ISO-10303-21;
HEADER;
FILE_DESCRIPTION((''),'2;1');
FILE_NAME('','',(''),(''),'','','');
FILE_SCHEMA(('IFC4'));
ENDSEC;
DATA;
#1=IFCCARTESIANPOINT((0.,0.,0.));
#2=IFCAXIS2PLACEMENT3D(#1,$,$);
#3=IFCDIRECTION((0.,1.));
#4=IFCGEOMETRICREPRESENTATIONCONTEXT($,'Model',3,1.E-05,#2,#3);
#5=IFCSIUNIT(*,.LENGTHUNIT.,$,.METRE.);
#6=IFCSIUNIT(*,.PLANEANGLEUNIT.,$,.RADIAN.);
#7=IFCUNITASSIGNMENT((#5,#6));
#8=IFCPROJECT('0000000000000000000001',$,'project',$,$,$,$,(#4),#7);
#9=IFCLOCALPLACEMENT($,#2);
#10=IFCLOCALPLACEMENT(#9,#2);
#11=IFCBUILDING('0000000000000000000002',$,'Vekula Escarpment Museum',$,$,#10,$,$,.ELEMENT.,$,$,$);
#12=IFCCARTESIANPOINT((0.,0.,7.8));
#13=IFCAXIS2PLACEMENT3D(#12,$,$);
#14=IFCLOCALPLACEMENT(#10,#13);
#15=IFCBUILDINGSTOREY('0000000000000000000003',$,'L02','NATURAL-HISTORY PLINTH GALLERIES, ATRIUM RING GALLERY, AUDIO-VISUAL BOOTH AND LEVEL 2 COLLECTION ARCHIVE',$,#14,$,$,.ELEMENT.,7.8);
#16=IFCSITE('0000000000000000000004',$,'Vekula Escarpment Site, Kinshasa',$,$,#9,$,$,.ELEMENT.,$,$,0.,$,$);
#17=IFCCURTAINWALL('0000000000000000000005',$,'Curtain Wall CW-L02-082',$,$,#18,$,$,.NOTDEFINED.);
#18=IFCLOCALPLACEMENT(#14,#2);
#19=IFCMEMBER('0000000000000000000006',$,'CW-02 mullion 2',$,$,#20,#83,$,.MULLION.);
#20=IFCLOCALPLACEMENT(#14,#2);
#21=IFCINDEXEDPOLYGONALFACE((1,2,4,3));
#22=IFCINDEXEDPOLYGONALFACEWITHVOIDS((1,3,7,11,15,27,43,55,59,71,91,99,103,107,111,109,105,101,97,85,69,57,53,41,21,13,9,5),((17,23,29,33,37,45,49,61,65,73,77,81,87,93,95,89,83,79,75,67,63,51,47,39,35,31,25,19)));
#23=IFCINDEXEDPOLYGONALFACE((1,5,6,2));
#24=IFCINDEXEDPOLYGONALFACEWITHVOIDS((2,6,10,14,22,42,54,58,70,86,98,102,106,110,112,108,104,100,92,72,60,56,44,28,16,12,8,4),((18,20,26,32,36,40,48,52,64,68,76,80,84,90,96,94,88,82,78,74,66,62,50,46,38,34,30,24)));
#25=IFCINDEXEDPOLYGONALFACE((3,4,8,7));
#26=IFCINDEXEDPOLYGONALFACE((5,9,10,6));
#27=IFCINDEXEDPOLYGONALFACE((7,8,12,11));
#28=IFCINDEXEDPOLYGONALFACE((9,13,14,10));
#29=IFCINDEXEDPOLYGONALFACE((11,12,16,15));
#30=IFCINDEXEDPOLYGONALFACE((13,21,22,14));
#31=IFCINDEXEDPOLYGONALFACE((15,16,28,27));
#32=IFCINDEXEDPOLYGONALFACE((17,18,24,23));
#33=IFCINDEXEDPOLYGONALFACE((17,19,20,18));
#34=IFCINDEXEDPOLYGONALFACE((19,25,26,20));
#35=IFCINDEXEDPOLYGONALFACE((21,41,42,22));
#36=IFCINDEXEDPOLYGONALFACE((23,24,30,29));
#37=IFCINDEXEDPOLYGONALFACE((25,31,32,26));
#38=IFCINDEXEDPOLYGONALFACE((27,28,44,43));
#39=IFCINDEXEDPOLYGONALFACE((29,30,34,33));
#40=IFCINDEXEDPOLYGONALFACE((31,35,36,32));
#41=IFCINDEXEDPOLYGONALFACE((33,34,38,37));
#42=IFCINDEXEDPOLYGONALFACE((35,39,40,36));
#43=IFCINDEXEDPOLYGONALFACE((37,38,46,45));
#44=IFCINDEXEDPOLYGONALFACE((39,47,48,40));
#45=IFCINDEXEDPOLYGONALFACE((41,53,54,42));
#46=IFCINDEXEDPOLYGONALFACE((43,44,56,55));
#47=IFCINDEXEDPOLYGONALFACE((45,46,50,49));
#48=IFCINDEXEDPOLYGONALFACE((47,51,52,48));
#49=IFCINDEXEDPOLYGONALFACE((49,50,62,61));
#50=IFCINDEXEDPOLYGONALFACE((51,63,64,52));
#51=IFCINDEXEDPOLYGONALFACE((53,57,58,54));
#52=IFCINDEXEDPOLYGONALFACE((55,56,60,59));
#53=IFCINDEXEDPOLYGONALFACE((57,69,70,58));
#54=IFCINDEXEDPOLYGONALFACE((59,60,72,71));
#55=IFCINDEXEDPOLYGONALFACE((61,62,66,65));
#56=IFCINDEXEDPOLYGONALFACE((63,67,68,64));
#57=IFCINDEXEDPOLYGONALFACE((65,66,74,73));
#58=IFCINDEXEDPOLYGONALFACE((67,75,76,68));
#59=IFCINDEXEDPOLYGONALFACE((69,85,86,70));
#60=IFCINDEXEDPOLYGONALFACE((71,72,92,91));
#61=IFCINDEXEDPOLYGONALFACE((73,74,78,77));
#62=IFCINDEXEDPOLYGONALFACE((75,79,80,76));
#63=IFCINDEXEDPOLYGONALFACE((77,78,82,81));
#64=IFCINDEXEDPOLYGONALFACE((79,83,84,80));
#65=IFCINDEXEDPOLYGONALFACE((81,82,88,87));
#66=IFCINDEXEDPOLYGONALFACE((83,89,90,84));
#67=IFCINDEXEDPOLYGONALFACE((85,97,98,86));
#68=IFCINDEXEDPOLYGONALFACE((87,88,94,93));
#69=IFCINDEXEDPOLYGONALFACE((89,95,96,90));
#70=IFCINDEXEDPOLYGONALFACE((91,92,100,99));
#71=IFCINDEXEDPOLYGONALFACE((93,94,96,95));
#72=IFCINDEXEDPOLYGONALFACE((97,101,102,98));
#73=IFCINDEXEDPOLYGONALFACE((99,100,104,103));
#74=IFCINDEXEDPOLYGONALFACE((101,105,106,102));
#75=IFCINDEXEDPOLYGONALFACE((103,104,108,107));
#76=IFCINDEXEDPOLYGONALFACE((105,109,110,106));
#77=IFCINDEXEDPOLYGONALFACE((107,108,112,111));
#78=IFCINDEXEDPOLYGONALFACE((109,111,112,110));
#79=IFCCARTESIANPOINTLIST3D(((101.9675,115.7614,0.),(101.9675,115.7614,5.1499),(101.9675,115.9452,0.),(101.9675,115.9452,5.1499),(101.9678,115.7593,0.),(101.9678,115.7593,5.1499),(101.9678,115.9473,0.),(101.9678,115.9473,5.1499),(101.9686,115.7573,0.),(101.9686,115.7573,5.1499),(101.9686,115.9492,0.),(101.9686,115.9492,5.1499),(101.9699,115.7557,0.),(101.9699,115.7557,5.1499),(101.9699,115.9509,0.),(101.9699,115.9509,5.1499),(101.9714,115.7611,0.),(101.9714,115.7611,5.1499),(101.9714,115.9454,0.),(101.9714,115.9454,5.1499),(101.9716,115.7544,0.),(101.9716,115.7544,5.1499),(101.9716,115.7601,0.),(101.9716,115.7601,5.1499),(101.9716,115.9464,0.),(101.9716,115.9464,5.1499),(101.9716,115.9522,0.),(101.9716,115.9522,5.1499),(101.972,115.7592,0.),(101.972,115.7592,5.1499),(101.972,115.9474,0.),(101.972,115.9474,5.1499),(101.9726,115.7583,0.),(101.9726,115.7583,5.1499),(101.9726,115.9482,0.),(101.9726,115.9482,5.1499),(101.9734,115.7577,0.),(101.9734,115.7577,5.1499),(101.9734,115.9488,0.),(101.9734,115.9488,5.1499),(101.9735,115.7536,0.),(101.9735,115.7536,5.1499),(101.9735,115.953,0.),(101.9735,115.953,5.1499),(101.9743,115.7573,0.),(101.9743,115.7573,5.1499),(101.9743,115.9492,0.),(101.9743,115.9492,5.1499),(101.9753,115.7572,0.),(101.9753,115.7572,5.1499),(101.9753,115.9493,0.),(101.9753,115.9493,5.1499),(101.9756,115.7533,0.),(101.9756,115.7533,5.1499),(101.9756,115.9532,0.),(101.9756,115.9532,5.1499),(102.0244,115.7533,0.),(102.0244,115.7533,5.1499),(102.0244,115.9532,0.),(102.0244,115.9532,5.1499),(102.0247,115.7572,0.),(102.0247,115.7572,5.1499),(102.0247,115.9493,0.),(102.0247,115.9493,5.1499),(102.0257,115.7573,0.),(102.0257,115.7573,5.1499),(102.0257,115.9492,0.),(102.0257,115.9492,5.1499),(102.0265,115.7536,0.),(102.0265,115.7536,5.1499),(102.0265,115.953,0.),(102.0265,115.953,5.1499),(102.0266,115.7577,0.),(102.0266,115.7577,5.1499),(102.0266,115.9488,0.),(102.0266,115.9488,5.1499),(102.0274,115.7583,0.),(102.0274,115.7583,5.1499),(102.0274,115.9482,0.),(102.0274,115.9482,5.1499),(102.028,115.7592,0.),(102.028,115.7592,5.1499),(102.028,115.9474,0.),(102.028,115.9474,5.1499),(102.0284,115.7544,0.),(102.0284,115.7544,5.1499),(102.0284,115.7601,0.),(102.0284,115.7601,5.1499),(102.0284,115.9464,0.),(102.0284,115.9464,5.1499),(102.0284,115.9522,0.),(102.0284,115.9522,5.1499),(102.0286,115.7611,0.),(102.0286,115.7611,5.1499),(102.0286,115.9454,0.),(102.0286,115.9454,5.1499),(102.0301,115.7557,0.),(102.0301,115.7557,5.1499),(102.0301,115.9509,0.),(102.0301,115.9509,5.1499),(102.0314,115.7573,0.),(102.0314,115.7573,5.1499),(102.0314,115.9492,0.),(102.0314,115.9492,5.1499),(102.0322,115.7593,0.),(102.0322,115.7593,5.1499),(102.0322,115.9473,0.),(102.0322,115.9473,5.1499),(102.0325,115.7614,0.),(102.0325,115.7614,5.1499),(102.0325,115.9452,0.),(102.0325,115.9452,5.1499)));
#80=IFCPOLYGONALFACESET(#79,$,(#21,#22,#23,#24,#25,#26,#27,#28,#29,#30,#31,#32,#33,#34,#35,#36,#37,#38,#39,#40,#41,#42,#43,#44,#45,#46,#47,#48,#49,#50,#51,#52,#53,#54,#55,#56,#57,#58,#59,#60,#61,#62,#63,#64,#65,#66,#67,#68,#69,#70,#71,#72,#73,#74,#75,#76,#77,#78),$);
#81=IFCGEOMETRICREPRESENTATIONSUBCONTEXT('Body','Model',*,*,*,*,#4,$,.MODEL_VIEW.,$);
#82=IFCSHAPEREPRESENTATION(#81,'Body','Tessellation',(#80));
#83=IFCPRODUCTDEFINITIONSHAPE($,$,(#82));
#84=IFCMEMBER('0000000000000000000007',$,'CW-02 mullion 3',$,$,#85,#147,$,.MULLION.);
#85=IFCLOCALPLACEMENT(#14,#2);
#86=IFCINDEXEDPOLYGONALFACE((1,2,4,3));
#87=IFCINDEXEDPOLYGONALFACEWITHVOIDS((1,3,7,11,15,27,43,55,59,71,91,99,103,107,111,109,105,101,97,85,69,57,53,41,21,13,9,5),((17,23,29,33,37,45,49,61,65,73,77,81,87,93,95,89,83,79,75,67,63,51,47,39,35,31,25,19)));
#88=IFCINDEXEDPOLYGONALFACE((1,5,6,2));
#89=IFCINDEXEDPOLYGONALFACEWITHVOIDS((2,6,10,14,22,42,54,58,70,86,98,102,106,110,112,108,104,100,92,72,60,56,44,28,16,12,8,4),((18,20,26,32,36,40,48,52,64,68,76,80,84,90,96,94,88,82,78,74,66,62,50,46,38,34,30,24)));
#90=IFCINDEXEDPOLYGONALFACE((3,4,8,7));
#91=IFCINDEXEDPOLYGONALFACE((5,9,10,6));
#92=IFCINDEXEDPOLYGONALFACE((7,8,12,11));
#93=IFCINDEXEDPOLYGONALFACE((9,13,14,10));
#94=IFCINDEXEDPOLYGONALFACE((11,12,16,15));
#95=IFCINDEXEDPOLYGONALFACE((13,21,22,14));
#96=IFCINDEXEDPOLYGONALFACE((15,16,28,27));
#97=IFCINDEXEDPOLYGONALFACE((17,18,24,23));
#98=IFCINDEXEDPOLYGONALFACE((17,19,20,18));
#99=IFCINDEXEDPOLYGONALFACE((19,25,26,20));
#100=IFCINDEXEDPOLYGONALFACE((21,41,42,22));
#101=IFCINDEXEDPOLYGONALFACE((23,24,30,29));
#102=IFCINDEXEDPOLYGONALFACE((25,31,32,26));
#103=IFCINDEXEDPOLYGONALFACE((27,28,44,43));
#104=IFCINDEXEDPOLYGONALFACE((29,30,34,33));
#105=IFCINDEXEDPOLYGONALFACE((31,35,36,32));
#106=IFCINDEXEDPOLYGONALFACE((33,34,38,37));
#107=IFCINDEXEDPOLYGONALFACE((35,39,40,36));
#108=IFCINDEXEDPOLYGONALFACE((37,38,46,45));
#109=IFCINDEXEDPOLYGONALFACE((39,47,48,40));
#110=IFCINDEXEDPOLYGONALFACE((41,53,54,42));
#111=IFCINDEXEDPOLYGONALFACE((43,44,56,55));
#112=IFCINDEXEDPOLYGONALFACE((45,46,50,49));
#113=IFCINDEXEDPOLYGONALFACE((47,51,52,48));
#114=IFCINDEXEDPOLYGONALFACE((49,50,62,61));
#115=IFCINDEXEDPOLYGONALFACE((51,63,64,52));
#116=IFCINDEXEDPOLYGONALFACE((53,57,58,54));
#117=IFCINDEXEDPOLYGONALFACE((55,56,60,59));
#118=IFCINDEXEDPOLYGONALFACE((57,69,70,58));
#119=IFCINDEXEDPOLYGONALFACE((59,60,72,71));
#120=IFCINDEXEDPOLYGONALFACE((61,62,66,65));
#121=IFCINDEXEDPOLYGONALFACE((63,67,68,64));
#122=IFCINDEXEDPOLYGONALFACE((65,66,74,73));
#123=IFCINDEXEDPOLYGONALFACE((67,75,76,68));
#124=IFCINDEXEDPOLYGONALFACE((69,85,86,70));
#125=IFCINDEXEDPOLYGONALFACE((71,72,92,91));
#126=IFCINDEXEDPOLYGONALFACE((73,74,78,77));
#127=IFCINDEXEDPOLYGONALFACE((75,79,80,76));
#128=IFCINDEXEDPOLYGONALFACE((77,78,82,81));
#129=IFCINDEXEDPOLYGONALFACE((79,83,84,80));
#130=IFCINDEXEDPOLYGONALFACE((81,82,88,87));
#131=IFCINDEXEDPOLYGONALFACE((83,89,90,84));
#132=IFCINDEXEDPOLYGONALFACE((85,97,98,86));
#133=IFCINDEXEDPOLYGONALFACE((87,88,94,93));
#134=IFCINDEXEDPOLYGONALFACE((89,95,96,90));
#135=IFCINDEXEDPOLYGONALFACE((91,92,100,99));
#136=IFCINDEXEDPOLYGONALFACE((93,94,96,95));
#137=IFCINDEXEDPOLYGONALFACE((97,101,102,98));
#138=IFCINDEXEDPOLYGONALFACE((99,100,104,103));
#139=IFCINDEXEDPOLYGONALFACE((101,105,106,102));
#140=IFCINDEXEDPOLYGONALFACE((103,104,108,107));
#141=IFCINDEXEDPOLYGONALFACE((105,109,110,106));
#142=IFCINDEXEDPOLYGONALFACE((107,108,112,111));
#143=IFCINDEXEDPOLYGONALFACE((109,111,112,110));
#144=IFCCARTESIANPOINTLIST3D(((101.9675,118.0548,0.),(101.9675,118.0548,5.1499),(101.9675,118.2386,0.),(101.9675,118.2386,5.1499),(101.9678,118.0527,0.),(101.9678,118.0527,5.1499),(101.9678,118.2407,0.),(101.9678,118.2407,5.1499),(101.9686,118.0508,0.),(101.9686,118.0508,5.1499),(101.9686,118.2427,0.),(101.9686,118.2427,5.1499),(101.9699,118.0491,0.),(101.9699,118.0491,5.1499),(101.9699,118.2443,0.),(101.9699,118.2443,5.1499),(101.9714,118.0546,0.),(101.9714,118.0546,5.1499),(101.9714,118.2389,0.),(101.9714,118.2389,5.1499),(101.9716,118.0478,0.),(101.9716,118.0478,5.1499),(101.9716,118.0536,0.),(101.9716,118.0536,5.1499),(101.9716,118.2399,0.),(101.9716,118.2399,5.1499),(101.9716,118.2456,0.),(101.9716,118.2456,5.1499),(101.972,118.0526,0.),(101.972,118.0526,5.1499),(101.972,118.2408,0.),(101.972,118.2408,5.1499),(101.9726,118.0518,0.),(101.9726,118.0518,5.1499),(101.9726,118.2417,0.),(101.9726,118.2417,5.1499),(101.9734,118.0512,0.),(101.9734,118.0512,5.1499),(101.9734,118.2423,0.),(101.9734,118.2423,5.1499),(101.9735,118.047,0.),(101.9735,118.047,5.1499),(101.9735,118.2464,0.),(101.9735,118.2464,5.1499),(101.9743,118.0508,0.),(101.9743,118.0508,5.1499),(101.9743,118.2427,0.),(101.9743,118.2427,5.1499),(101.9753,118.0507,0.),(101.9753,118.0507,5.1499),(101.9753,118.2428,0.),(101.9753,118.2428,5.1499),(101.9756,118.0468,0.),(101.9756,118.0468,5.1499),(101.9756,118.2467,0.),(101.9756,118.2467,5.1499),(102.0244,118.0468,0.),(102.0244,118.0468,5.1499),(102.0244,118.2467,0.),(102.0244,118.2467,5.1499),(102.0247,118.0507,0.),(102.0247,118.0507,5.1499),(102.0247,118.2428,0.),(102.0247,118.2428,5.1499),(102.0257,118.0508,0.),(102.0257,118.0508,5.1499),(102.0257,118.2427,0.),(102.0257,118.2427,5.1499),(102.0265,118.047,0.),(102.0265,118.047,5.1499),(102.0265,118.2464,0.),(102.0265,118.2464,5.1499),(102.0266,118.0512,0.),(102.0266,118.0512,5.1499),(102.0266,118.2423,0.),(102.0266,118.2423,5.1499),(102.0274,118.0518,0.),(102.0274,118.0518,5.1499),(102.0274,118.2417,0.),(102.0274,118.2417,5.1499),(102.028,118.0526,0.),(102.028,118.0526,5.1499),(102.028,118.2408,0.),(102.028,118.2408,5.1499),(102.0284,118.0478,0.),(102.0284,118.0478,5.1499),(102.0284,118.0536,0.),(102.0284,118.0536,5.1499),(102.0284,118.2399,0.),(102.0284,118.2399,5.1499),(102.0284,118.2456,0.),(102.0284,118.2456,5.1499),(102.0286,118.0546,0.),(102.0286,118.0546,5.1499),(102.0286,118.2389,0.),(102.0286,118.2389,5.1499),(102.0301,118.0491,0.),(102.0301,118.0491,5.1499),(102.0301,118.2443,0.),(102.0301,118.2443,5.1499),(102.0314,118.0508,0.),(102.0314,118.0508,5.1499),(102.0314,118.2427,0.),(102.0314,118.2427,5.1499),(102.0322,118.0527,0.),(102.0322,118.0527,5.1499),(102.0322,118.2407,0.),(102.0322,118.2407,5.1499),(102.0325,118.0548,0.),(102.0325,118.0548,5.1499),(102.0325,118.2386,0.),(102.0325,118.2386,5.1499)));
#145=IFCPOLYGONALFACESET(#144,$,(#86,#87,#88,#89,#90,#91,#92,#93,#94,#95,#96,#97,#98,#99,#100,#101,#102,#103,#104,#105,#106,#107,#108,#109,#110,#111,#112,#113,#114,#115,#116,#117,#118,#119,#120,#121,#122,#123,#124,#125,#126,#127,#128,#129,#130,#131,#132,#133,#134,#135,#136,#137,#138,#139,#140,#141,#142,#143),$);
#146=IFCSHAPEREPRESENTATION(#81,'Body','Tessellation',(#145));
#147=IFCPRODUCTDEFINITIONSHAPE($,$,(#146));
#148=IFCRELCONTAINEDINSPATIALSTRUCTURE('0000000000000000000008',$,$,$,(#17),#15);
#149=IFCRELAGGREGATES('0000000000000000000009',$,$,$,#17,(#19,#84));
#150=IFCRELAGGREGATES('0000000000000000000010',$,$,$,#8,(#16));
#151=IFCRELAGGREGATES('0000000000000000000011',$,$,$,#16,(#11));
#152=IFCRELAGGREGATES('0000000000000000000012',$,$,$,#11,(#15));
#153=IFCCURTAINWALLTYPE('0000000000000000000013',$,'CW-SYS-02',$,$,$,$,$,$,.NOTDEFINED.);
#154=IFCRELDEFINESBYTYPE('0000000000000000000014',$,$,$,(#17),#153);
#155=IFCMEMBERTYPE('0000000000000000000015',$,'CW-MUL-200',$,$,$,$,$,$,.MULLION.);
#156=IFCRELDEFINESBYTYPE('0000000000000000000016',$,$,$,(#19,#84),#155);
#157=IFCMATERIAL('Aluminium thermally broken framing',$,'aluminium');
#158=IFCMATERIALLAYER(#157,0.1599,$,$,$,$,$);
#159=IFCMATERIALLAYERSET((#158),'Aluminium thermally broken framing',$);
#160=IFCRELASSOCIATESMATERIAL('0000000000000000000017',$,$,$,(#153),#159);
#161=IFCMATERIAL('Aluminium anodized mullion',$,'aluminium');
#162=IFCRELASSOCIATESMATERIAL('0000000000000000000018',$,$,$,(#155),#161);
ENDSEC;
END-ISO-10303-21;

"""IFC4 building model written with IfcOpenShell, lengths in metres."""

from ifc_helpers import new_model, si_unit, direction, frame, origin, origin_2d, place, context, subcontext, project, spatial, hollow_rectangle, extrude, material, layer, layer_set, material_profile, profile_set, type_object, element, aggregate, save


model = new_model("IFC4")

# Units and contexts
model_context = context("Model", 3, precision=1e-05, world=origin(), true_north=direction((0.0, 1.0)))
body_context = subcontext(model_context, "Body", "Model", "MODEL_VIEW")
ifc_project = project(units=[si_unit("LENGTHUNIT", "METRE"), si_unit("PLANEANGLEUNIT", "RADIAN")], contexts=[model_context])

# Site, building, storey
site_placement = place(None, origin())
site = spatial("IfcSite", under=ifc_project, at=site_placement, Name="Vekula Escarpment Site, Kinshasa", CompositionType="ELEMENT", RefElevation=0.0)
building_placement = place(site_placement, origin())
building = spatial("IfcBuilding", under=site, at=building_placement, Name="Vekula Escarpment Museum", CompositionType="ELEMENT")
storey_placement = place(building_placement, frame((0.0, 0.0, 7.8)))
storey = spatial("IfcBuildingStorey", under=building, at=storey_placement, Name="L02", Description="NATURAL-HISTORY PLINTH GALLERIES, ATRIUM RING GALLERY, AUDIO-VISUAL BOOTH AND LEVEL 2 COLLECTION ARCHIVE", CompositionType="ELEMENT", Elevation=7.8)

# Curtain wall, members
ifc_material_1 = material(Name="Aluminium thermally broken framing", Category="aluminium")
ifc_layer_1 = layer(ifc_material_1, 0.1599)
ifc_layer_set_1 = layer_set([ifc_layer_1], Name="Aluminium thermally broken framing")
curtain_wall_type = type_object("IfcCurtainWallType", Name="CW-SYS-02", PredefinedType="NOTDEFINED", material=ifc_layer_set_1)
curtain_wall_placement = place(storey_placement, origin())
curtain_wall = element("IfcCurtainWall", 1, at=curtain_wall_placement, inside=storey, type_object=curtain_wall_type, Name="Curtain Wall CW-L02-082", PredefinedType="NOTDEFINED")
ifc_material_2 = material(Name="Aluminium anodized mullion", Category="aluminium")
ifc_material_profile_1 = material_profile(ifc_material_2, hollow_rectangle(XDim=0.0649, YDim=0.2, WallThickness=0.0039, InnerFilletRadius=0.0039, OuterFilletRadius=0.0081, at=origin_2d()), Name="ALU 200x65x4")
ifc_profile_set_1 = profile_set([ifc_material_profile_1], Name="Aluminium anodized mullion")
member_type_1 = type_object("IfcMemberType", Name="CW-MUL-200", PredefinedType="MULLION", material=ifc_profile_set_1)
member_1_placement = place(storey_placement, frame((102.0, 115.8533, 0.0), z_axis=(0.0, 0.0, 1.0), x_axis=(-1.0, 0.0, 0.0)))
member_1 = element("IfcMember", 2, at=member_1_placement, type_object=member_type_1, Name="CW-02 mullion 2", PredefinedType="MULLION", context=body_context, shape_type="SweptSolid", body=[
    extrude(hollow_rectangle(XDim=0.0649, YDim=0.2, WallThickness=0.0039, InnerFilletRadius=0.0039, OuterFilletRadius=0.0081, at=origin_2d()), origin(), (0.0, 0.0, 1.0), 5.1499),
])
member_2_placement = place(storey_placement, frame((102.0, 118.1467, 0.0), z_axis=(0.0, 0.0, 1.0), x_axis=(-1.0, 0.0, 0.0)))
member_2 = element("IfcMember", 3, at=member_2_placement, type_object=member_type_1, Name="CW-02 mullion 3", PredefinedType="MULLION", context=body_context, shape_type="SweptSolid", body=[
    extrude(hollow_rectangle(XDim=0.0649, YDim=0.2, WallThickness=0.0039, InnerFilletRadius=0.0039, OuterFilletRadius=0.0081, at=origin_2d()), origin(), (0.0, 0.0, 1.0), 5.1499),
])

aggregate(curtain_wall, [member_1, member_2])

save(model, "model.ifc")
